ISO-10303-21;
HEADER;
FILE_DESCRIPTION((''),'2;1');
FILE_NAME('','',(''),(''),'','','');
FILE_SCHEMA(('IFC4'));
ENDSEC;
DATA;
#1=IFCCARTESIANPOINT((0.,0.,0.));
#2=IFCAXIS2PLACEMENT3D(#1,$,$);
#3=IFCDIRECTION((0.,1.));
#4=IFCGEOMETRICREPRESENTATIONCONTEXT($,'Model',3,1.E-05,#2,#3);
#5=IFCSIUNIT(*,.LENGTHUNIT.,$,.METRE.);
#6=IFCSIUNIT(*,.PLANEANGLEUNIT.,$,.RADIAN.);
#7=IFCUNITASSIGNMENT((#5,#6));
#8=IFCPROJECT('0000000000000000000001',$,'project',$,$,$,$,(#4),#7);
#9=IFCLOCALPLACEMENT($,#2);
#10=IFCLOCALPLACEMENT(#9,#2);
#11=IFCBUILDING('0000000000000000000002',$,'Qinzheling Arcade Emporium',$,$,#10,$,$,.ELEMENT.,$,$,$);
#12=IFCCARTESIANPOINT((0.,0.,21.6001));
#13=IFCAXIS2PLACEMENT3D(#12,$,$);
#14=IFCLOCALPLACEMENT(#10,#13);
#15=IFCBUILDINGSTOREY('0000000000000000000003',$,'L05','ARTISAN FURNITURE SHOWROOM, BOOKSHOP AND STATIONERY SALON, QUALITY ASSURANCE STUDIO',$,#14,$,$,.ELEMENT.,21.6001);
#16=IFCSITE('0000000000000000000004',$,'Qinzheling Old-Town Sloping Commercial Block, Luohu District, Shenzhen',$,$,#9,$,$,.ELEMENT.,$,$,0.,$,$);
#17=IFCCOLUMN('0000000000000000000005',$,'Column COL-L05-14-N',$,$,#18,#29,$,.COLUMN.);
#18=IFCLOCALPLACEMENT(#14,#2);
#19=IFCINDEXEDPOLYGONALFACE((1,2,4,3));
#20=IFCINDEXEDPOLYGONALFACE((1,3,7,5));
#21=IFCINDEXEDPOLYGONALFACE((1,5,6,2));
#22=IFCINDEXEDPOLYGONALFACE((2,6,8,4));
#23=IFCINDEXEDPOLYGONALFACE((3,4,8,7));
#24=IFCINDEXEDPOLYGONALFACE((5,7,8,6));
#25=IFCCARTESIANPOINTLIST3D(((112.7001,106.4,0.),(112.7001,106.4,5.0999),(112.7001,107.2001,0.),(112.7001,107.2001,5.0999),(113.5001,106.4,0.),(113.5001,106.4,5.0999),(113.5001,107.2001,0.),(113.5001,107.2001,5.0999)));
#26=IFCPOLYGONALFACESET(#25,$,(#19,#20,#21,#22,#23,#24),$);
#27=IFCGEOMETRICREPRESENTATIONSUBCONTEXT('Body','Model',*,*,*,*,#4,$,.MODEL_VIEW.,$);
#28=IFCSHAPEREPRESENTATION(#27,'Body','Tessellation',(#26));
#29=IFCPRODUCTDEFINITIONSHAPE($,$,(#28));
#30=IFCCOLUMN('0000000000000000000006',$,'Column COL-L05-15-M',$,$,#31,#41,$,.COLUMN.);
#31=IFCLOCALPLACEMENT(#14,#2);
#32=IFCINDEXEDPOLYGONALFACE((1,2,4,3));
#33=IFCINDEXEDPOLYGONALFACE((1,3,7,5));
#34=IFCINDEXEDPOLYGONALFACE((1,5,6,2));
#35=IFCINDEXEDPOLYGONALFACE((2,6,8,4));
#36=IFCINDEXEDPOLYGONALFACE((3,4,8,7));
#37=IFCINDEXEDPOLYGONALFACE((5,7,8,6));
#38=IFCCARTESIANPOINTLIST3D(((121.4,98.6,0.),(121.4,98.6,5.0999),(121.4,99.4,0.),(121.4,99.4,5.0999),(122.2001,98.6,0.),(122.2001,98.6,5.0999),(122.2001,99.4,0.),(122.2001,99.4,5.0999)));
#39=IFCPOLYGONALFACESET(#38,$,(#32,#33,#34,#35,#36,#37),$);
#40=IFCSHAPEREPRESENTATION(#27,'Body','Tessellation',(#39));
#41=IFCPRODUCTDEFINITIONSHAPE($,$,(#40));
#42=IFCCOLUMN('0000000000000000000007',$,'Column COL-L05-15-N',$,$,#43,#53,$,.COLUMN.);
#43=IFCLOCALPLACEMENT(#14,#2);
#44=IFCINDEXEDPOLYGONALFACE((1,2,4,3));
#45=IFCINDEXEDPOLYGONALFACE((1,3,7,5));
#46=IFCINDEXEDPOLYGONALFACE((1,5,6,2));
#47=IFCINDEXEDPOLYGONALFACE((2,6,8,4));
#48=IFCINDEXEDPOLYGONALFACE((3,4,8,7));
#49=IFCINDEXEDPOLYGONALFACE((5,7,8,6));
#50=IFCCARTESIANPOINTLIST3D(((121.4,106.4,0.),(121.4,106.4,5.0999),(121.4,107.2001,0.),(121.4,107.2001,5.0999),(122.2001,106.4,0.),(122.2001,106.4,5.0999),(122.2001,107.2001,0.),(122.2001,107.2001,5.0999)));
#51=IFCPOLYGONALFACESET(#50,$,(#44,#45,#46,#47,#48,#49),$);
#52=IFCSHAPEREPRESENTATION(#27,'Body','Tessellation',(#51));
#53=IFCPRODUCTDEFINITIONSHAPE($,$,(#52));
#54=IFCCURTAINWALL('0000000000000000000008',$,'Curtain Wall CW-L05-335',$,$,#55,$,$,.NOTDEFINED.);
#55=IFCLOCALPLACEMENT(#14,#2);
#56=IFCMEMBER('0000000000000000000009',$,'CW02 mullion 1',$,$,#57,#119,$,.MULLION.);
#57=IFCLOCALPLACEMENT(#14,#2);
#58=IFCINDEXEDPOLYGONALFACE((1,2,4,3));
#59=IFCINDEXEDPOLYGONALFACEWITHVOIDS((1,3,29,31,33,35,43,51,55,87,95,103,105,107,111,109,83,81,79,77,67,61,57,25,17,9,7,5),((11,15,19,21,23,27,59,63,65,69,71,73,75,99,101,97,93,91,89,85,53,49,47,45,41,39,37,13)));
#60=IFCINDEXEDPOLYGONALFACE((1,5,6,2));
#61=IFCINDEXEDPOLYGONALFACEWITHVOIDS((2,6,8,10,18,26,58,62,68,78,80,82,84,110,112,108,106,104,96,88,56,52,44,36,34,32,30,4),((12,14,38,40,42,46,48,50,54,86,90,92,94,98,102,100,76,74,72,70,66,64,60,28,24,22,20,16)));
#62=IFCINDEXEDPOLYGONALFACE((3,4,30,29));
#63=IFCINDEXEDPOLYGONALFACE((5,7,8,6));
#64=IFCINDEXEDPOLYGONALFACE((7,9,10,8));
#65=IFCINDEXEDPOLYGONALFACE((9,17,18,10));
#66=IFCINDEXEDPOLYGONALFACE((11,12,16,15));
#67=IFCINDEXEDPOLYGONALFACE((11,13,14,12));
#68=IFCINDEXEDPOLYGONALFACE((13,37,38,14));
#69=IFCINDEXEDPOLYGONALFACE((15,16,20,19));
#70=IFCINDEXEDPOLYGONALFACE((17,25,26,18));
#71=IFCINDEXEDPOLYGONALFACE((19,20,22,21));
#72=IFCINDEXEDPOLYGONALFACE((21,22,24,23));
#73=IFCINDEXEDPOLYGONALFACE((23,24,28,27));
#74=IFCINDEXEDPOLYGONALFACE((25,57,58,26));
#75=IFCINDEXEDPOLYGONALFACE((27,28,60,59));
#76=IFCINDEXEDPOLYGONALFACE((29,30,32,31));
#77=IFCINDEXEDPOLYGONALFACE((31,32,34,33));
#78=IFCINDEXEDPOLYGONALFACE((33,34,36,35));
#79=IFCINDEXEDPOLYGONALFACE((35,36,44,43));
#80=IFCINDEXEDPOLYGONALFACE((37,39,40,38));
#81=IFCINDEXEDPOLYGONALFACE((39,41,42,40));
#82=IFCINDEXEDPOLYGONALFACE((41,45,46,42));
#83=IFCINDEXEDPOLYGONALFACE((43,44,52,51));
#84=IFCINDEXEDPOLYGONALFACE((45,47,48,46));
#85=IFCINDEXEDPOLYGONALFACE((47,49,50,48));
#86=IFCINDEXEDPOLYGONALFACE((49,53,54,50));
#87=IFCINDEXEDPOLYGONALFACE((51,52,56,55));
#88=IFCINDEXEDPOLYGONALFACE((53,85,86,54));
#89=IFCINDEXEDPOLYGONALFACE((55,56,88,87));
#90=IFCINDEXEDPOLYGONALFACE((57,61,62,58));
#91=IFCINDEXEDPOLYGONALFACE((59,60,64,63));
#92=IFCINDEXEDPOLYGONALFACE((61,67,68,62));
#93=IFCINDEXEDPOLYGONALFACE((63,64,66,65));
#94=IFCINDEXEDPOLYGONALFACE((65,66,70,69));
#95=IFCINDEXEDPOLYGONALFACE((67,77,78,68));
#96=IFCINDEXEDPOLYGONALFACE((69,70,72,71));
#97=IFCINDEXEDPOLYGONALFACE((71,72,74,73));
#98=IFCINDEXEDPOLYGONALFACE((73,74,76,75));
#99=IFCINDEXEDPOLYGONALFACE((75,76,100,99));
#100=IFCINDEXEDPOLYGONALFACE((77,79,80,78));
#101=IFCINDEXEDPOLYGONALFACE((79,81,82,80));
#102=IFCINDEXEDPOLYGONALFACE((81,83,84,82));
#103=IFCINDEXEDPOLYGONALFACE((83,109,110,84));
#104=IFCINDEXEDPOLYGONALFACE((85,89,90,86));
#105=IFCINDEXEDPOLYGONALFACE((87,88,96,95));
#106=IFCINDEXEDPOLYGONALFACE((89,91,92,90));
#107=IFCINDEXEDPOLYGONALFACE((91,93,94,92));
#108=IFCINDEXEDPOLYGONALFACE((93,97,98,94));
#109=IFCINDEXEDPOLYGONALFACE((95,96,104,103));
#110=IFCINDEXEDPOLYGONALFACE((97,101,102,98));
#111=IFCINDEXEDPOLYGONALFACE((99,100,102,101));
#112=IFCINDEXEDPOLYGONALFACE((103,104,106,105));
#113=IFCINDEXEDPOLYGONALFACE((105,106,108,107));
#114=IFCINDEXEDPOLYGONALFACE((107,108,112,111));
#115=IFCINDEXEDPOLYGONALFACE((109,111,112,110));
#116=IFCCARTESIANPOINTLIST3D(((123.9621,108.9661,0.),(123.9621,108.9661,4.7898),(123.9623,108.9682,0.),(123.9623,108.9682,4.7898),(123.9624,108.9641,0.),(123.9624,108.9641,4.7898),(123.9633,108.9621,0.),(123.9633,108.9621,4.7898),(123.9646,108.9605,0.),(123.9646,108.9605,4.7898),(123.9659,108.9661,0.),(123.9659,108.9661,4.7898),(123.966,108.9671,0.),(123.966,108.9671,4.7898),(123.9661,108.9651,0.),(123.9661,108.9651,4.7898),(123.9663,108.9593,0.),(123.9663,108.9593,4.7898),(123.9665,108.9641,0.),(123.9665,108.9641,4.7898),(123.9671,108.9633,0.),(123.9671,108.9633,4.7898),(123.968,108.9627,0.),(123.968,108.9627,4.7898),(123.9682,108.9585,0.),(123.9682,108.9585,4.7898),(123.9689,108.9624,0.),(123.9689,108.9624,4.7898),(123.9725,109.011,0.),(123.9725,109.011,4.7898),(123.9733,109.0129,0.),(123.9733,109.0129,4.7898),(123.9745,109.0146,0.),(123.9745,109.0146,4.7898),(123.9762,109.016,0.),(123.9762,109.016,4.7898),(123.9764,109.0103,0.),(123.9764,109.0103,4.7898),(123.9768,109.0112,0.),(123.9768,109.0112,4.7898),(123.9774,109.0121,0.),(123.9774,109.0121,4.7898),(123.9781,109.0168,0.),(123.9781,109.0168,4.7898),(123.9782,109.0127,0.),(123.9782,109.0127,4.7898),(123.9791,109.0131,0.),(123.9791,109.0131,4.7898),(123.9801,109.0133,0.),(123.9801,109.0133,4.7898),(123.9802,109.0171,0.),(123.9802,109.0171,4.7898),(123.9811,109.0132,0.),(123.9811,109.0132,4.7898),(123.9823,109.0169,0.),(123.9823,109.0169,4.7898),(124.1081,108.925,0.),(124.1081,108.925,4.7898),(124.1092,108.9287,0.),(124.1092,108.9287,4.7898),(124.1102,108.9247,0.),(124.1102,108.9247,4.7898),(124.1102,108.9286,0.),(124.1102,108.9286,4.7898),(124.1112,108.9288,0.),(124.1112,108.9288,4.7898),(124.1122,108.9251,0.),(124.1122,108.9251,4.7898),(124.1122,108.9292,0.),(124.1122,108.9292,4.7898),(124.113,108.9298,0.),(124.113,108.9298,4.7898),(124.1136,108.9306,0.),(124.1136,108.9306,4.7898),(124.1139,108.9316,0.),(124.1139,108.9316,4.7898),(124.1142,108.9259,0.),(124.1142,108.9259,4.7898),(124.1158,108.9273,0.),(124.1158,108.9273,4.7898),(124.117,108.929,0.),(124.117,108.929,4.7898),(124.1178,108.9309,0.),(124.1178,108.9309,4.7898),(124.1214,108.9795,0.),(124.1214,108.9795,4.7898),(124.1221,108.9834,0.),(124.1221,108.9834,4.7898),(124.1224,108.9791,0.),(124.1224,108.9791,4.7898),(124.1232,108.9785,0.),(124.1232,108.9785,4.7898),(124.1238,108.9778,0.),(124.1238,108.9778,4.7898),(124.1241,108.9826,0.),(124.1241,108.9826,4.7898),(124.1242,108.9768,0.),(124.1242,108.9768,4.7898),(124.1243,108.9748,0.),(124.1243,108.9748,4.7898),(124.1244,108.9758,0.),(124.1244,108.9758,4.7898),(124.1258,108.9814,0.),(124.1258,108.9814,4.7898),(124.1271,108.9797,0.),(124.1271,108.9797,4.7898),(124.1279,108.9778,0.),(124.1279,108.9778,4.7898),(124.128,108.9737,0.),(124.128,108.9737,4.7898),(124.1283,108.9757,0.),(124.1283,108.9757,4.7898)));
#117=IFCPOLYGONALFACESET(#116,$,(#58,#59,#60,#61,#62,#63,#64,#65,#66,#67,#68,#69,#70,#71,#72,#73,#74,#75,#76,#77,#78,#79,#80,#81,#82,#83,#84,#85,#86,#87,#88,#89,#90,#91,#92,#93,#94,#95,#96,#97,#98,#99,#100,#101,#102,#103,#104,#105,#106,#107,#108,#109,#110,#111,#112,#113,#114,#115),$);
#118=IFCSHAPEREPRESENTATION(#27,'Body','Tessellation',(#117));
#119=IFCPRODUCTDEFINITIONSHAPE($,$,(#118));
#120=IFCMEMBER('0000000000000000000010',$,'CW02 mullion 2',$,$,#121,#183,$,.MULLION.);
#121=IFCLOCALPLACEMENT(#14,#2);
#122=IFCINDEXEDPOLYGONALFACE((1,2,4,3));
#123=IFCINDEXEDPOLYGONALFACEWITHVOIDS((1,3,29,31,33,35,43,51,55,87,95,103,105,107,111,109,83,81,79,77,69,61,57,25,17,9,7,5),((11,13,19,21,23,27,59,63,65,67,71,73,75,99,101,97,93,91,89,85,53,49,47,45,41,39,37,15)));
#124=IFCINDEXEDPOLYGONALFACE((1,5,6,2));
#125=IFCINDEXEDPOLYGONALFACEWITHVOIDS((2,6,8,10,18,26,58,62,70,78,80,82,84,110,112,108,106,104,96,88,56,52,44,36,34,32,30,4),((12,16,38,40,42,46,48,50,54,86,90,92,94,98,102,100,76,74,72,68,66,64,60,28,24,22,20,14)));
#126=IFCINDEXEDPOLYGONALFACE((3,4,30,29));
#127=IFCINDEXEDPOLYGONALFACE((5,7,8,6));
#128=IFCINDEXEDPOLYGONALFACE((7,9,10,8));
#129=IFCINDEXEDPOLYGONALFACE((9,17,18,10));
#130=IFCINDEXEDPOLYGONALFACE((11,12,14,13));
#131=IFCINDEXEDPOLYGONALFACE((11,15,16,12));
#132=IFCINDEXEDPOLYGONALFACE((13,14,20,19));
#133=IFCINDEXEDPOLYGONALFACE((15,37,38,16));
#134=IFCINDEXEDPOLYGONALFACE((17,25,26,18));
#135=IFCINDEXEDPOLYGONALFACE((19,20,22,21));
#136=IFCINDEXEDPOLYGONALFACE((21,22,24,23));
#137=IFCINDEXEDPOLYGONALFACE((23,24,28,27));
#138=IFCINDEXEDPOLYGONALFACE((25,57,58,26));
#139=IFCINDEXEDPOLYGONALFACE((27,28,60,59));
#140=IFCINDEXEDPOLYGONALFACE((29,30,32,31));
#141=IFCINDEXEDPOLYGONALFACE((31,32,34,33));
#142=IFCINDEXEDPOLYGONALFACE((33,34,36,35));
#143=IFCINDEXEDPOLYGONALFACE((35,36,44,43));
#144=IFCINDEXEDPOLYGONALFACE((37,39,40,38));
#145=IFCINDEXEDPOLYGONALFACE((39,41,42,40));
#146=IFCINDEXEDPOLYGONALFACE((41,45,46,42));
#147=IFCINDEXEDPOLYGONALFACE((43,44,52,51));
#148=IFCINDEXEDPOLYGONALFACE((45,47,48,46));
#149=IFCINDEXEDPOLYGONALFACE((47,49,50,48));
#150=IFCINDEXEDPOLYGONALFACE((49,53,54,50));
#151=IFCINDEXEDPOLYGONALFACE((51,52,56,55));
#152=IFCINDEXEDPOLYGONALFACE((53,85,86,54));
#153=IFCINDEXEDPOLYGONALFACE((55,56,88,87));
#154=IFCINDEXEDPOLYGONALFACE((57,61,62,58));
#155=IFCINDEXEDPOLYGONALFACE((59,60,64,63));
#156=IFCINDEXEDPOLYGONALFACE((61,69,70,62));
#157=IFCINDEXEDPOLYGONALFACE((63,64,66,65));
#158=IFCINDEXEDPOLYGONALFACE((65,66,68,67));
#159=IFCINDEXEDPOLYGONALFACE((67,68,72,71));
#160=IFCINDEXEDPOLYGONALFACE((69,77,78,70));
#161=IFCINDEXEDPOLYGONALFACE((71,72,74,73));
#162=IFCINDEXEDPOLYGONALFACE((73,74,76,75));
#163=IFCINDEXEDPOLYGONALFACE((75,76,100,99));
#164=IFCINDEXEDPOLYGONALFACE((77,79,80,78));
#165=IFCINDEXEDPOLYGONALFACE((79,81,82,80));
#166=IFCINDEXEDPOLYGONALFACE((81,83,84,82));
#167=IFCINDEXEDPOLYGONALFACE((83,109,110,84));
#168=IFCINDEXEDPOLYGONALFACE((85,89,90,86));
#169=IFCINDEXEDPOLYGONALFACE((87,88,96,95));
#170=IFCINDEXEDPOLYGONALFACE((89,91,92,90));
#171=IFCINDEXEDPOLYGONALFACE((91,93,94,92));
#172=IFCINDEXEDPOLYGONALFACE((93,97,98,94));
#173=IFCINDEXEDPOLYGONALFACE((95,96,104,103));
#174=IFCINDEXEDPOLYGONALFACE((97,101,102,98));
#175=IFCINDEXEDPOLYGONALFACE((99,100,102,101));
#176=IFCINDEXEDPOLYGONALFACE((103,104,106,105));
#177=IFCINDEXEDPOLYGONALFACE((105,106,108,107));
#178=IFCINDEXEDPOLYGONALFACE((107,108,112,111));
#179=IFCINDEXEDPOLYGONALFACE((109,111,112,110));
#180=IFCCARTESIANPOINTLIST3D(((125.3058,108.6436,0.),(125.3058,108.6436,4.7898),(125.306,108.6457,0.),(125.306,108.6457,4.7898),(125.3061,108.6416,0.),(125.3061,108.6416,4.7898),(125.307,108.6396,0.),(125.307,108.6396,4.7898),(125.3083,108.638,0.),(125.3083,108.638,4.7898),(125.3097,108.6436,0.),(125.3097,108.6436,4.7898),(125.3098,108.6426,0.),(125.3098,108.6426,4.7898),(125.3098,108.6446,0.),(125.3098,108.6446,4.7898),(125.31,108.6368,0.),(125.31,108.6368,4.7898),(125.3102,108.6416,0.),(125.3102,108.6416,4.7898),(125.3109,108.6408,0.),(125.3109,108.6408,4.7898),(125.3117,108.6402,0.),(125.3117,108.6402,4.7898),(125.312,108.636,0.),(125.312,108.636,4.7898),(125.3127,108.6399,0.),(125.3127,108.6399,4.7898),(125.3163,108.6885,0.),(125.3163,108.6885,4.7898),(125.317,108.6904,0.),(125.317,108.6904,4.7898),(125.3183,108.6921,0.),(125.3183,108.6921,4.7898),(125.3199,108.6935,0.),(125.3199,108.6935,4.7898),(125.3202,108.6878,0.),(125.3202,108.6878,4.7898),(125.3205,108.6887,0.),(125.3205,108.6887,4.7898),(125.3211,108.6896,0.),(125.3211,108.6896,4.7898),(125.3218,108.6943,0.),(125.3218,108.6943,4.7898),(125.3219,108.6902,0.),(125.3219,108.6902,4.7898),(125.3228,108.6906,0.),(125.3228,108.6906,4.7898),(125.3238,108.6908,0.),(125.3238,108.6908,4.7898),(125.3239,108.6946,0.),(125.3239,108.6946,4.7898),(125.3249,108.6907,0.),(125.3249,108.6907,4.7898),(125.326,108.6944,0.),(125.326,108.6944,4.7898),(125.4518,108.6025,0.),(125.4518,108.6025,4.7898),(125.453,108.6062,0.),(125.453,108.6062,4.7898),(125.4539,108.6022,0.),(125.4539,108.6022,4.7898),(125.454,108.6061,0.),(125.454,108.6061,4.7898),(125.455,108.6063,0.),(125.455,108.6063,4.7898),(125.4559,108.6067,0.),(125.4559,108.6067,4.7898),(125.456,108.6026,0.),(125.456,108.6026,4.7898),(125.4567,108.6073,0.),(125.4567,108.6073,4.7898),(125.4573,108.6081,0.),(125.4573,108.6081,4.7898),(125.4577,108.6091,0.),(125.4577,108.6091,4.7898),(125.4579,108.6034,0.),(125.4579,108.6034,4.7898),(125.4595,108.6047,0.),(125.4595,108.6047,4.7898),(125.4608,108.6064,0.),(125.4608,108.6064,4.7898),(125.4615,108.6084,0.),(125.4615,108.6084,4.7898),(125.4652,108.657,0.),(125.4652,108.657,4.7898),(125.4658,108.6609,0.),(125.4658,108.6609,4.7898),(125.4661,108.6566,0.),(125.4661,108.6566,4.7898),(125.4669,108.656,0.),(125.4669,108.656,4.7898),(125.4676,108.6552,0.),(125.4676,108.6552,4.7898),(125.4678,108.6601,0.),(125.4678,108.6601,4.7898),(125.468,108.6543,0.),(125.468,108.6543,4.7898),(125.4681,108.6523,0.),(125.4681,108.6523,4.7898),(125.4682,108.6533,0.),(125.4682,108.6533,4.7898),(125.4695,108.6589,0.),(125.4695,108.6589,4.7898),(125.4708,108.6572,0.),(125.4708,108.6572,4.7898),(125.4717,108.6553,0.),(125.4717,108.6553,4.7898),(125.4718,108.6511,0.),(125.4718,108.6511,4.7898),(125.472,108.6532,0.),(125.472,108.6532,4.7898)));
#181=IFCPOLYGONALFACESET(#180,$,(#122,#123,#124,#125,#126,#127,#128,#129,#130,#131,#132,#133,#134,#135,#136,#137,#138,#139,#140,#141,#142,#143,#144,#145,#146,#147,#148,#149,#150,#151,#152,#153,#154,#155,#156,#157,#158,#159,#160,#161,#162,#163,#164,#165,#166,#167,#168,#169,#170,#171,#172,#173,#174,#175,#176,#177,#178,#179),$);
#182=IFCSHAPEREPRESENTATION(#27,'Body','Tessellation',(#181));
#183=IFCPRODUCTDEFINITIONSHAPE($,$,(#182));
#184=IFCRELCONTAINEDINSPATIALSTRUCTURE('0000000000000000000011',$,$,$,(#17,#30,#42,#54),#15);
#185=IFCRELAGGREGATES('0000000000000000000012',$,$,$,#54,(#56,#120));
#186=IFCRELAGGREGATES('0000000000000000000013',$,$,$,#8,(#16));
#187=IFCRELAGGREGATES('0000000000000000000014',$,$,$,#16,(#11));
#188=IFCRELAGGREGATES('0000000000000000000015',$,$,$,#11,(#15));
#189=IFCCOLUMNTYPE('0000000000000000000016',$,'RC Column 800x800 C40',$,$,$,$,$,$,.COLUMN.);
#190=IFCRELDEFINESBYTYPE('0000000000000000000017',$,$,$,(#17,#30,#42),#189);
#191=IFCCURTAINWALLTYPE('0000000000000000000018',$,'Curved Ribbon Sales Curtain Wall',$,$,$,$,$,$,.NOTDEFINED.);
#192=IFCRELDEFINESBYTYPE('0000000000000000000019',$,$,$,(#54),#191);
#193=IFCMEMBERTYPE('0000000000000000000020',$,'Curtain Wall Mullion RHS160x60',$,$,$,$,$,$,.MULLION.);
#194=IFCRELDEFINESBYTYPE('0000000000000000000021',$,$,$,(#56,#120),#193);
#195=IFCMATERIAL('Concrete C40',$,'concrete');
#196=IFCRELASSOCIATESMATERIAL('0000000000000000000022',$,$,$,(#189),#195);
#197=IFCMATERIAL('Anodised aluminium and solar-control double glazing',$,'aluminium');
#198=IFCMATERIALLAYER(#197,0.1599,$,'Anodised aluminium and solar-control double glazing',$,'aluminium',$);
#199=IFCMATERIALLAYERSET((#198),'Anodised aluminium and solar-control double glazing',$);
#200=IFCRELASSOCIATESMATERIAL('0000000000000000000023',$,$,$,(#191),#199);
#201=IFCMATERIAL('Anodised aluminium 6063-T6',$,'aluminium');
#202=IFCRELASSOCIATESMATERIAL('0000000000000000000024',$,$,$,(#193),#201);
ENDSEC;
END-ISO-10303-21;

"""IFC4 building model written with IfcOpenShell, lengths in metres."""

from ifc_helpers import new_model, si_unit, direction, frame, origin, origin_2d, place, context, subcontext, project, spatial, rectangle, hollow_rectangle, extrude, material, layer, layer_set, material_profile, profile_set, type_object, element, aggregate, save


model = new_model("IFC4")

# Units and contexts
model_context = context("Model", 3, precision=1e-05, world=origin(), true_north=direction((0.0, 1.0)))
body_context = subcontext(model_context, "Body", "Model", "MODEL_VIEW")
ifc_project = project(units=[si_unit("LENGTHUNIT", "METRE"), si_unit("PLANEANGLEUNIT", "RADIAN")], contexts=[model_context])

# Site, building, storey
site_placement = place(None, origin())
site = spatial("IfcSite", under=ifc_project, at=site_placement, Name="Qinzheling Old-Town Sloping Commercial Block, Luohu District, Shenzhen", CompositionType="ELEMENT", RefElevation=0.0)
building_placement = place(site_placement, origin())
building = spatial("IfcBuilding", under=site, at=building_placement, Name="Qinzheling Arcade Emporium", CompositionType="ELEMENT")
storey_placement = place(building_placement, frame((0.0, 0.0, 21.6001)))
storey = spatial("IfcBuildingStorey", under=building, at=storey_placement, Name="L05", Description="ARTISAN FURNITURE SHOWROOM, BOOKSHOP AND STATIONERY SALON, QUALITY ASSURANCE STUDIO", CompositionType="ELEMENT", Elevation=21.6001)

# Columns
ifc_material_1 = material(Name="Concrete C40", Category="concrete")
ifc_material_profile_1 = material_profile(ifc_material_1, rectangle(XDim=0.8, YDim=0.8, at=origin_2d()), Name="RC 800x800", Category="concrete")
ifc_profile_set_1 = profile_set([ifc_material_profile_1], Name="Concrete C40")
column_type = type_object("IfcColumnType", Name="RC Column 800x800 C40", PredefinedType="COLUMN", material=ifc_profile_set_1)
for number, where, z_axis, x_axis, name in (
    (1, (113.1001, 106.8, 0.0), (0.0, 0.0, 1.0), (1.0, 0.0, 0.0), "Column COL-L05-14-N"),
    (2, (121.8, 99.0, 0.0), (0.0, 0.0, 1.0), (1.0, 0.0, 0.0), "Column COL-L05-15-M"),
    (3, (121.8, 106.8, 0.0), (0.0, 0.0, 1.0), (1.0, 0.0, 0.0), "Column COL-L05-15-N"),
):
    element("IfcColumn", number, at=place(storey_placement, frame(where, z_axis=z_axis, x_axis=x_axis)), inside=storey, type_object=column_type, Name=name, PredefinedType="COLUMN", context=body_context, shape_type="SweptSolid", body=[
        extrude(rectangle(XDim=0.8, YDim=0.8, at=origin_2d()), origin(), (0.0, 0.0, 1.0), 5.0999),
    ])

# Curtain wall, members
ifc_material_2 = material(Name="Anodised aluminium and solar-control double glazing", Category="aluminium")
ifc_layer_1 = layer(ifc_material_2, 0.1599, Name="Anodised aluminium and solar-control double glazing", Category="aluminium")
ifc_layer_set_1 = layer_set([ifc_layer_1], Name="Anodised aluminium and solar-control double glazing")
curtain_wall_type = type_object("IfcCurtainWallType", Name="Curved Ribbon Sales Curtain Wall", PredefinedType="NOTDEFINED", material=ifc_layer_set_1)
curtain_wall_placement = place(storey_placement, origin())
curtain_wall = element("IfcCurtainWall", 4, at=curtain_wall_placement, inside=storey, type_object=curtain_wall_type, Name="Curtain Wall CW-L05-335", PredefinedType="NOTDEFINED")
ifc_material_3 = material(Name="Anodised aluminium 6063-T6", Category="aluminium")
ifc_material_profile_2 = material_profile(ifc_material_3, hollow_rectangle(XDim=0.0601, YDim=0.1599, WallThickness=0.0039, InnerFilletRadius=0.0039, OuterFilletRadius=0.0081, at=origin_2d()), Name="RHS 160x60x4", Category="aluminium")
ifc_profile_set_2 = profile_set([ifc_material_profile_2], Name="Anodised aluminium 6063-T6")
member_type_1 = type_object("IfcMemberType", Name="Curtain Wall Mullion RHS160x60", PredefinedType="MULLION", material=ifc_profile_set_2)
member_1_placement = place(storey_placement, frame((124.0452, 108.9709, 0.0), z_axis=(0.0, 0.0, 1.0), x_axis=(0.23336, 0.972391, 0.0)))
member_1 = element("IfcMember", 5, at=member_1_placement, type_object=member_type_1, Name="CW02 mullion 1", PredefinedType="MULLION", context=body_context, shape_type="SweptSolid", body=[
    extrude(hollow_rectangle(XDim=0.0601, YDim=0.1599, WallThickness=0.0039, InnerFilletRadius=0.0039, OuterFilletRadius=0.0081, at=origin_2d()), origin(), (0.0, 0.0, 1.0), 4.7898),
])
member_2_placement = place(storey_placement, frame((125.3889, 108.6484, 0.0), z_axis=(0.0, 0.0, 1.0), x_axis=(0.23336, 0.972391, 0.0)))
member_2 = element("IfcMember", 6, at=member_2_placement, type_object=member_type_1, Name="CW02 mullion 2", PredefinedType="MULLION", context=body_context, shape_type="SweptSolid", body=[
    extrude(hollow_rectangle(XDim=0.0601, YDim=0.1599, WallThickness=0.0039, InnerFilletRadius=0.0039, OuterFilletRadius=0.0081, at=origin_2d()), origin(), (0.0, 0.0, 1.0), 4.7898),
])

aggregate(curtain_wall, [member_1, member_2])

save(model, "model.ifc")
